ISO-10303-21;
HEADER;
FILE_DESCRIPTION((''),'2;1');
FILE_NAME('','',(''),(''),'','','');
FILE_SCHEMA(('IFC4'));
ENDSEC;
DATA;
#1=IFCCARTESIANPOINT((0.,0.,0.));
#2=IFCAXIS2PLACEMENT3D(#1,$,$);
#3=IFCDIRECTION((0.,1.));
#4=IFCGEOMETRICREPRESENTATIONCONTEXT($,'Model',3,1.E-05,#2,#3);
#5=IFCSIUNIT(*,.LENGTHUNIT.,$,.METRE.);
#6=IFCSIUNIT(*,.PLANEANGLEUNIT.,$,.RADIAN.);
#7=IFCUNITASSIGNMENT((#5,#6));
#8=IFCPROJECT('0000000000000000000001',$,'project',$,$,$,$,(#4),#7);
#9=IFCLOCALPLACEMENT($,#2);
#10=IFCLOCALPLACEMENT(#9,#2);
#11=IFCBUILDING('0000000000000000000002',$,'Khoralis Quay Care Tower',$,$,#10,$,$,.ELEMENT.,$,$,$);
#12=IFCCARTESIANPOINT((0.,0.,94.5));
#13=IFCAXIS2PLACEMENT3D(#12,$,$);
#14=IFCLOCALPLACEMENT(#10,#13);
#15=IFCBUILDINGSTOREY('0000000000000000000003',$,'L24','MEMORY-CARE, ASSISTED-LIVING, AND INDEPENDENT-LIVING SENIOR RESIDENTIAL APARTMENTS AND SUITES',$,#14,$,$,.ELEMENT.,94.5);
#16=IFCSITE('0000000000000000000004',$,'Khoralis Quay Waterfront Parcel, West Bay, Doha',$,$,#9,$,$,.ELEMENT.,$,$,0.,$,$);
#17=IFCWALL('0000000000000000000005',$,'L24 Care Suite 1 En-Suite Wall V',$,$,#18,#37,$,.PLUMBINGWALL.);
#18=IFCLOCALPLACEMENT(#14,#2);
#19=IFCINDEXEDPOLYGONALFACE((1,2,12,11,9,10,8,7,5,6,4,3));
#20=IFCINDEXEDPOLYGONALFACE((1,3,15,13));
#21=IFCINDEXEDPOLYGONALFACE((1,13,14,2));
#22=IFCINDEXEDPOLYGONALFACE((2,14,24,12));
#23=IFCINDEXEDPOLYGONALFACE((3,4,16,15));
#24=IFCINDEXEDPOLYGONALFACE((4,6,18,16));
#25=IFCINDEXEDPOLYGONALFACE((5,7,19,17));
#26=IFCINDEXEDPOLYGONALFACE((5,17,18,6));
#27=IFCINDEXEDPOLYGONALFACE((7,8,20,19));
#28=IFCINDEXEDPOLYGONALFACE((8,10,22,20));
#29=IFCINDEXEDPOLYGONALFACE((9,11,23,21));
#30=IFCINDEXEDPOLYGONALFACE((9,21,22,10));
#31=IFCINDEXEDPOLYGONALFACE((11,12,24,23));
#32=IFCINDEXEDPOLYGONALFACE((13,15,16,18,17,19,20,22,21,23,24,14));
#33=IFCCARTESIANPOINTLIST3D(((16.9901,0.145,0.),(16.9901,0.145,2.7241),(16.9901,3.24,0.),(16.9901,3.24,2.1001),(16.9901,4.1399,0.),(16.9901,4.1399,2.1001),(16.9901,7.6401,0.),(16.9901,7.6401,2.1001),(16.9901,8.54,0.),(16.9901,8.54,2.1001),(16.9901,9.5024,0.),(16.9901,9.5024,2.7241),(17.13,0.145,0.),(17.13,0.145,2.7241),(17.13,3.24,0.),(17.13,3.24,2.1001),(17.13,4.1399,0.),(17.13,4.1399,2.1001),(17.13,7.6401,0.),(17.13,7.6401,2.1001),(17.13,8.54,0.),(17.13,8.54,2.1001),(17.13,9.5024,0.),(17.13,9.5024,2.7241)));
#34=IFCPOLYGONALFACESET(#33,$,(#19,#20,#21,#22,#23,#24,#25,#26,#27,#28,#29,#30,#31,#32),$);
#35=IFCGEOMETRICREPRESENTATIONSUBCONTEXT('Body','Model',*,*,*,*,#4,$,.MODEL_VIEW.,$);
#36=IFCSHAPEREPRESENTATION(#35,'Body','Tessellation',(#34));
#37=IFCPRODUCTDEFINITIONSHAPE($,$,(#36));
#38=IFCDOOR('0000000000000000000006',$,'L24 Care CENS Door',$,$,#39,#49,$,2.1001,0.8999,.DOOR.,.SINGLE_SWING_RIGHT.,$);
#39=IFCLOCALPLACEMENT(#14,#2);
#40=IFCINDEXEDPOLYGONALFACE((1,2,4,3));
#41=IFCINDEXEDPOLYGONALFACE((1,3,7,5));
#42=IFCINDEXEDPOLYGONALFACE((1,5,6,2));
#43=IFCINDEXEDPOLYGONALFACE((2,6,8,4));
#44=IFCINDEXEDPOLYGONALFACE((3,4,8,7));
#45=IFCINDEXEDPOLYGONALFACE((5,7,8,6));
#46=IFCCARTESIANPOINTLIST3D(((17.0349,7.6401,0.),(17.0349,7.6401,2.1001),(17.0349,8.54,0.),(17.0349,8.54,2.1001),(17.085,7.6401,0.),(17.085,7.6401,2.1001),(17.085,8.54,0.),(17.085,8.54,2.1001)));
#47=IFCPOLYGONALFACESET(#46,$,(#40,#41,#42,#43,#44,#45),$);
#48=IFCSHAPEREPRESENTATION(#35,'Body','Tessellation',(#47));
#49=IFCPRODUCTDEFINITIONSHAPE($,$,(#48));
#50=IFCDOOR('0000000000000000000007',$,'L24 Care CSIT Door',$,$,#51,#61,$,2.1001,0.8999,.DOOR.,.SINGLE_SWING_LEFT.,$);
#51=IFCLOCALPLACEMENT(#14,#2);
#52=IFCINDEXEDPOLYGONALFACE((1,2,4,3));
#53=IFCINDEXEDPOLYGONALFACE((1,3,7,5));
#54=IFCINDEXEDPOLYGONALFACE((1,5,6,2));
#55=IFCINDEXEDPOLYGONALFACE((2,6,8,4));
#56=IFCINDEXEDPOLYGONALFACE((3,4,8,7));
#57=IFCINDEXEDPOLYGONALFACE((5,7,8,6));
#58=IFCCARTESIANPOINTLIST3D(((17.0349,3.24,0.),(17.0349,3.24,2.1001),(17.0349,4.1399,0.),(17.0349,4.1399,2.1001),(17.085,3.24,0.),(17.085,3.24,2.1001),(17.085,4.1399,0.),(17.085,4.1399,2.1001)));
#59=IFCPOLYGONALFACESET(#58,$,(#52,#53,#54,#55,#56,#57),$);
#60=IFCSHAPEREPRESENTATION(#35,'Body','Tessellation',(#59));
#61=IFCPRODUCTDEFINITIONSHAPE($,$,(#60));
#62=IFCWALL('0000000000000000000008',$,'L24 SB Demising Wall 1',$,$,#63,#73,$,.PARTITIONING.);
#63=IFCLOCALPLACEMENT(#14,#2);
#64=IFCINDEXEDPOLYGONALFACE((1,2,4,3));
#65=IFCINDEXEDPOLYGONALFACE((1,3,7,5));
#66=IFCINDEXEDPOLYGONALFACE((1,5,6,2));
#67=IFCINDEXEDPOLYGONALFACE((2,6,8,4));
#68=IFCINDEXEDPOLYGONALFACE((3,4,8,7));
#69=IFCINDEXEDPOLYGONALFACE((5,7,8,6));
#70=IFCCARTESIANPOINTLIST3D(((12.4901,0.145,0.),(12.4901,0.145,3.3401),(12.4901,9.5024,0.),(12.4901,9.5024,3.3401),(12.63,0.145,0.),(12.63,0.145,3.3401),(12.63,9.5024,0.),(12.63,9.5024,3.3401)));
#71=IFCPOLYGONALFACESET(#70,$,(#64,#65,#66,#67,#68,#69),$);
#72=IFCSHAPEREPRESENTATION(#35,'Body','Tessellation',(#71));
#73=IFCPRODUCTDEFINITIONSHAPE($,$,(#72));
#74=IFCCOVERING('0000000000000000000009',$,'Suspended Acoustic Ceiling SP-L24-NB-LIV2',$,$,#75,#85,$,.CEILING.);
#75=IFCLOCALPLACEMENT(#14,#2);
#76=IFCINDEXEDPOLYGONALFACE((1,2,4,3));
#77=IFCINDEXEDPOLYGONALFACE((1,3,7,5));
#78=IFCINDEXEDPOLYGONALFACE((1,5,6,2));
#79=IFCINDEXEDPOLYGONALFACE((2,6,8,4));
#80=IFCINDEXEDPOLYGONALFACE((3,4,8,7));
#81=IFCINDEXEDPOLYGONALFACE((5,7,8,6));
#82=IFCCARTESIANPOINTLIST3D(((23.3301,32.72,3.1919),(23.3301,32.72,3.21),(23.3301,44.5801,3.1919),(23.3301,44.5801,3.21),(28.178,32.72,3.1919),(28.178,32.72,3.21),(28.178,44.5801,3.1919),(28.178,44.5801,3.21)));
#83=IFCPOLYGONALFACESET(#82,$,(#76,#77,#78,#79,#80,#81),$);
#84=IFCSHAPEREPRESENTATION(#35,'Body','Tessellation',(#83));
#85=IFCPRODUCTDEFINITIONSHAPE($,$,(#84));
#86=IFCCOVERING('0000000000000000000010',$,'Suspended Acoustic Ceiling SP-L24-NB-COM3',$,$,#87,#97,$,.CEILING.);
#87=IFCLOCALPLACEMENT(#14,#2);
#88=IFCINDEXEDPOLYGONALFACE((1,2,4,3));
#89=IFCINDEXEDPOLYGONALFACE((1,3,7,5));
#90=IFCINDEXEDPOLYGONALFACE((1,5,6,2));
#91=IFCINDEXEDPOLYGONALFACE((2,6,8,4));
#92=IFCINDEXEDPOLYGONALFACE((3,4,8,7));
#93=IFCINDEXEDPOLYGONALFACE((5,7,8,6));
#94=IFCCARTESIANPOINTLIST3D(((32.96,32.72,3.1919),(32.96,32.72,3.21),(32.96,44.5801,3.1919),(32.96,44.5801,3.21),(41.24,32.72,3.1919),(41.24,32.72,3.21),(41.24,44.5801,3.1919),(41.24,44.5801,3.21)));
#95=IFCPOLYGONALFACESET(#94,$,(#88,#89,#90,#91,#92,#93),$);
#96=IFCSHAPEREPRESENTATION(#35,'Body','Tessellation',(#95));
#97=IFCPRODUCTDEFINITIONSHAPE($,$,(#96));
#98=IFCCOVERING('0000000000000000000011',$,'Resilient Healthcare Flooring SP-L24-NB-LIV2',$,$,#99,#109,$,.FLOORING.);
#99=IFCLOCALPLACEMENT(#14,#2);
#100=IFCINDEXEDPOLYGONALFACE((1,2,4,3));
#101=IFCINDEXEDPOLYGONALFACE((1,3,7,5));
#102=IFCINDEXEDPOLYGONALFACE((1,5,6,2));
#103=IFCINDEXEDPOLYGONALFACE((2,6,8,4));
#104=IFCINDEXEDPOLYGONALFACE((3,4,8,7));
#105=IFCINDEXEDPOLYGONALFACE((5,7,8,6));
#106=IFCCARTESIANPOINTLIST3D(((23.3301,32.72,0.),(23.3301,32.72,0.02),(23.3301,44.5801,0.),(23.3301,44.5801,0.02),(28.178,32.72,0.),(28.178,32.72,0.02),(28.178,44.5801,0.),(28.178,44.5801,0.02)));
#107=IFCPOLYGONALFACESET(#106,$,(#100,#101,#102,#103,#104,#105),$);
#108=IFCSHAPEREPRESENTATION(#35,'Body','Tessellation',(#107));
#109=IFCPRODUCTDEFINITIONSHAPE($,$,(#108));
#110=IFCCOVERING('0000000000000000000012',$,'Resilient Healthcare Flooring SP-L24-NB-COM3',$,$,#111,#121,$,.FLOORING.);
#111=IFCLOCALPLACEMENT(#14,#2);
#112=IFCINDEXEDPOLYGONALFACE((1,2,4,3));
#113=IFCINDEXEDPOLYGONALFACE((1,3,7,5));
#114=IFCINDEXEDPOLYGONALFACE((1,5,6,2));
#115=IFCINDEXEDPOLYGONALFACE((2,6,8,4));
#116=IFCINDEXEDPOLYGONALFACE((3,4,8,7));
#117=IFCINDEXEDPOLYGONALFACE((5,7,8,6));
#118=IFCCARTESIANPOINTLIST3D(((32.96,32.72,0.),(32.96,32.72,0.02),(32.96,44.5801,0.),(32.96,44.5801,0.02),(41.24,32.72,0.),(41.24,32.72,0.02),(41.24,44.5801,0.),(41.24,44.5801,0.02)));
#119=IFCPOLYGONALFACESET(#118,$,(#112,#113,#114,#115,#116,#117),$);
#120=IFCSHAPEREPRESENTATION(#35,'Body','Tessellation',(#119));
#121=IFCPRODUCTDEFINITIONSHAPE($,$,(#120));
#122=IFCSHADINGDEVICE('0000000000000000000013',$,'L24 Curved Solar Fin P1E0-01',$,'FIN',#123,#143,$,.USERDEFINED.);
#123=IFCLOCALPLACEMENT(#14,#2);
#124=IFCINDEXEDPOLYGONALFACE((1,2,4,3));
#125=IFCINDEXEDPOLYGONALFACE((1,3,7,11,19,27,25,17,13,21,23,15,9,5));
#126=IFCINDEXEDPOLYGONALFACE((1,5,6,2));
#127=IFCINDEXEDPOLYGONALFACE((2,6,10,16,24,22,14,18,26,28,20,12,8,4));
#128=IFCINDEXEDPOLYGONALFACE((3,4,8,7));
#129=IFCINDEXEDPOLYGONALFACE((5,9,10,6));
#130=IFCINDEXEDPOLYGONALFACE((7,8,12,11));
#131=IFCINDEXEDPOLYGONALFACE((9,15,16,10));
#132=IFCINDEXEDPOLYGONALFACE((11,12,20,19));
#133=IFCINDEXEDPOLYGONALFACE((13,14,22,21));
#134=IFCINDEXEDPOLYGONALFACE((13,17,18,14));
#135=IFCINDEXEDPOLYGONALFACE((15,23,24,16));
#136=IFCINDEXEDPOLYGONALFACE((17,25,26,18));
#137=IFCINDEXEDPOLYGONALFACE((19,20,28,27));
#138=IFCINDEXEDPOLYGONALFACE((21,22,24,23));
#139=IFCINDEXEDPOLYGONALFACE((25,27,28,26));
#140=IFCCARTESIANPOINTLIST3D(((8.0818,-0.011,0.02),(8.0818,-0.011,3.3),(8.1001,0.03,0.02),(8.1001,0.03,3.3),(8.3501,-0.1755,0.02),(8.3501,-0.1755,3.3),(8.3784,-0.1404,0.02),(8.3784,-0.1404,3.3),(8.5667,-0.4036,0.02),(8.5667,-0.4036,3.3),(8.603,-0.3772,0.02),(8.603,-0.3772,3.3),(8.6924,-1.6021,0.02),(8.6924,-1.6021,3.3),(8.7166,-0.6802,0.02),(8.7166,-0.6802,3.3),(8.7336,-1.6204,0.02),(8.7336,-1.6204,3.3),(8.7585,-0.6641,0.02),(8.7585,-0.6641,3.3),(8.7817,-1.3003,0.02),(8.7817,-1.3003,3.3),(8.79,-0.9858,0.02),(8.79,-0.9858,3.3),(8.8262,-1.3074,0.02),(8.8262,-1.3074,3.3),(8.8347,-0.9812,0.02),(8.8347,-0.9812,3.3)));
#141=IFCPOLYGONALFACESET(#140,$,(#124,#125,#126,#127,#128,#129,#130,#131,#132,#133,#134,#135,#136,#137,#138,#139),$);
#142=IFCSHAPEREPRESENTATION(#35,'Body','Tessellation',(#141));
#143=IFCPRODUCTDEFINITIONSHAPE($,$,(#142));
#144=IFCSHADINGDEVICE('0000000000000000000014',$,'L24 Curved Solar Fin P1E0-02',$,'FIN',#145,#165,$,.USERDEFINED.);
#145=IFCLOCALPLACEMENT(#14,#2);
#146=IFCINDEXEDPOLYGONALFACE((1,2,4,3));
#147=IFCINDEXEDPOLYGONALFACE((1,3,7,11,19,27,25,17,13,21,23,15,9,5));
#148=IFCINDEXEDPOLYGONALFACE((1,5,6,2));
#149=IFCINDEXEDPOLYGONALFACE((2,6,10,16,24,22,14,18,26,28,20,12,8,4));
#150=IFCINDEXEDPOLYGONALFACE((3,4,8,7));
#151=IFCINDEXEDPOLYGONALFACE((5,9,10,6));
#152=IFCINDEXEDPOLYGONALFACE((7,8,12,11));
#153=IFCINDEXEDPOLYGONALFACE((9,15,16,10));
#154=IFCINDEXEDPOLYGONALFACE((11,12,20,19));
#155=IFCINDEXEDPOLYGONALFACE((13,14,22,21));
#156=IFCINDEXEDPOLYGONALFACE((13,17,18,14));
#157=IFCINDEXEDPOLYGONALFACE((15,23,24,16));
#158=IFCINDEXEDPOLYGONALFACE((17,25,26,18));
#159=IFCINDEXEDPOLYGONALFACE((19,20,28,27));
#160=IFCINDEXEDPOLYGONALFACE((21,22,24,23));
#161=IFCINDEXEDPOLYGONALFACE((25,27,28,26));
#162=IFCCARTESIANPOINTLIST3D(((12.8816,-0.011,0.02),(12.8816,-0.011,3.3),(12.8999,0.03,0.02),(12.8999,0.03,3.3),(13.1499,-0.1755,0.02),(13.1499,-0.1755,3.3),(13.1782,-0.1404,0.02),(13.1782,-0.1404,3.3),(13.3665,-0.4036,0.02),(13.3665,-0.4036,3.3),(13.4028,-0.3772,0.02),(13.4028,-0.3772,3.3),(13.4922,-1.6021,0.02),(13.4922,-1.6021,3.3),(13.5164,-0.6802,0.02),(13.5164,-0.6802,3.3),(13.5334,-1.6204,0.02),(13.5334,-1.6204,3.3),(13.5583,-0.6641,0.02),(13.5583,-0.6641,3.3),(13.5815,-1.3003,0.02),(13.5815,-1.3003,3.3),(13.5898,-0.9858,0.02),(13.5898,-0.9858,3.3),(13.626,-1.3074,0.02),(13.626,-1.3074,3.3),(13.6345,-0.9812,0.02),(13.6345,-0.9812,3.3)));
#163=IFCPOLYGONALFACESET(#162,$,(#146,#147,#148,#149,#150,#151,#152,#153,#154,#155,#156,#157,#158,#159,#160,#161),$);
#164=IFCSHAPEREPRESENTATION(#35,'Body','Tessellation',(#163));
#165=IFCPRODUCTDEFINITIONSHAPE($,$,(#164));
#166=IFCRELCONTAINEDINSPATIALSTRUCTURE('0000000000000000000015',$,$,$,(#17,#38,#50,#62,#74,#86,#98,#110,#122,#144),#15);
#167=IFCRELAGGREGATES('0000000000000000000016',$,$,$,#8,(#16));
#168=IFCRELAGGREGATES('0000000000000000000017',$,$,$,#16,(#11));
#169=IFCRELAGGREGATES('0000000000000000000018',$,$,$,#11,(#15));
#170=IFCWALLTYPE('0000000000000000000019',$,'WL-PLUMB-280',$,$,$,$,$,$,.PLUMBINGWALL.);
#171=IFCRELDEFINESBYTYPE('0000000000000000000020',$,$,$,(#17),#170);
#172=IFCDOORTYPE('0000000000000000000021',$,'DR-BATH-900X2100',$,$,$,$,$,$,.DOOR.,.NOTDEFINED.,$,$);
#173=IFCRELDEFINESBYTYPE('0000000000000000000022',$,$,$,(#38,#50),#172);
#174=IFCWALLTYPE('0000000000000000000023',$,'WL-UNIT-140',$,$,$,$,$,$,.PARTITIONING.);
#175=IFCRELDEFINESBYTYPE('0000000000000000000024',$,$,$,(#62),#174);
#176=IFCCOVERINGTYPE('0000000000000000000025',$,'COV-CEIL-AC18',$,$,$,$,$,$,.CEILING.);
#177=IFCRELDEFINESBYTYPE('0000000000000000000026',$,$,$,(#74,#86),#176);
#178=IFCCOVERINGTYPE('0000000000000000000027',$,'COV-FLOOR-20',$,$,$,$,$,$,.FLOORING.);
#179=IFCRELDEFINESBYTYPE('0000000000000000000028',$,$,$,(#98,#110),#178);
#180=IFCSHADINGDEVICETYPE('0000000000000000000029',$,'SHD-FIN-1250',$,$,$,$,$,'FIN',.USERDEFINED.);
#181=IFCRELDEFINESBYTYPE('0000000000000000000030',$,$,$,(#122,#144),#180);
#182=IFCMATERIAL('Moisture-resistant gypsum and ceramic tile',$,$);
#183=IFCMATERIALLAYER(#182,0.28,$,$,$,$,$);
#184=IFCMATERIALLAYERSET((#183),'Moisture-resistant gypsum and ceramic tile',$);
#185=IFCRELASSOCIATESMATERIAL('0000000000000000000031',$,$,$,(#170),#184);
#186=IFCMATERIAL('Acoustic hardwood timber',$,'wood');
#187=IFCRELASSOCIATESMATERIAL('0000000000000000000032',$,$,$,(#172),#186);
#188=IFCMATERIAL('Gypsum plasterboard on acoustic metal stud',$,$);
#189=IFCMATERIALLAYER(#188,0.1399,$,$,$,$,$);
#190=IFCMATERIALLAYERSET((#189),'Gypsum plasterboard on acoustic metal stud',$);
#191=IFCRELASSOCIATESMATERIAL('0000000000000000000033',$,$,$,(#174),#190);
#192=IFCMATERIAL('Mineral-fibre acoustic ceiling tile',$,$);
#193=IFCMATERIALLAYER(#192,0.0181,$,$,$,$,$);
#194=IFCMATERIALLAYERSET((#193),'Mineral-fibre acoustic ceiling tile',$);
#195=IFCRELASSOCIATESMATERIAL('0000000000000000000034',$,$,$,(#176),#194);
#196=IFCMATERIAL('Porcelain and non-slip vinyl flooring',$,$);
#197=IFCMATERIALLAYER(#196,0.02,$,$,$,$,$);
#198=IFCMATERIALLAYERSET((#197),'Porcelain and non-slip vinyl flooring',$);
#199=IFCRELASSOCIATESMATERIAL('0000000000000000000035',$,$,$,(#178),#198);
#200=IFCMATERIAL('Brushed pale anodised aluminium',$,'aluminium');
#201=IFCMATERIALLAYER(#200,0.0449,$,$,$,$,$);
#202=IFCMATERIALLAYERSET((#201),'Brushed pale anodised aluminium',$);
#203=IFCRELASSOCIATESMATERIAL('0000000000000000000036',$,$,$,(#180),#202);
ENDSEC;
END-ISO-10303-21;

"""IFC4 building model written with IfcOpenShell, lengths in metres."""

from ifc_helpers import new_model, si_unit, direction, frame, frame_2d, origin, place, context, subcontext, project, spatial, polyline, rectangle, outline, extrude, source, transform, mapped, material, layer, layer_set, type_object, element, fill, save


model = new_model("IFC4")

# Units and contexts
model_context = context("Model", 3, precision=1e-05, world=origin(), true_north=direction((0.0, 1.0)))
body_context = subcontext(model_context, "Body", "Model", "MODEL_VIEW")
ifc_project = project(units=[si_unit("LENGTHUNIT", "METRE"), si_unit("PLANEANGLEUNIT", "RADIAN")], contexts=[model_context])

# Site, building, storey
site_placement = place(None, origin())
site = spatial("IfcSite", under=ifc_project, at=site_placement, Name="Khoralis Quay Waterfront Parcel, West Bay, Doha", CompositionType="ELEMENT", RefElevation=0.0)
building_placement = place(site_placement, origin())
building = spatial("IfcBuilding", under=site, at=building_placement, Name="Khoralis Quay Care Tower", CompositionType="ELEMENT")
storey_placement = place(building_placement, frame((0.0, 0.0, 94.5)))
storey = spatial("IfcBuildingStorey", under=building, at=storey_placement, Name="L24", Description="MEMORY-CARE, ASSISTED-LIVING, AND INDEPENDENT-LIVING SENIOR RESIDENTIAL APARTMENTS AND SUITES", CompositionType="ELEMENT", Elevation=94.5)

# Wall, openings, doors
ifc_material_1 = material(Name="Moisture-resistant gypsum and ceramic tile")
ifc_layer_1 = layer(ifc_material_1, 0.28)
ifc_layer_set_1 = layer_set([ifc_layer_1], Name="Moisture-resistant gypsum and ceramic tile")
wall_type_1 = type_object("IfcWallType", Name="WL-PLUMB-280", PredefinedType="PLUMBINGWALL", material=ifc_layer_set_1)
ifc_material_2 = material(Name="Acoustic hardwood timber", Category="wood")
door_type = type_object("IfcDoorType", Name="DR-BATH-900X2100", OperationType="NOTDEFINED", PredefinedType="DOOR", material=ifc_material_2)
shared_shape_1 = source(origin(), body_context, "Body", "SweptSolid", [
    extrude(rectangle(XDim=0.8999, YDim=2.1001, at=frame_2d((0.45, 1.05))), frame((0.0, 0.0249, 0.0), z_axis=(0.0, -1.0, 0.0), x_axis=(1.0, 0.0, 0.0)), (0.0, 0.0, 1.0), 0.05),
])
wall_1_placement = place(storey_placement, frame((17.0601, 0.145, 0.0), z_axis=(0.0, 0.0, 1.0), x_axis=(0.0, 1.0, 0.0)))
wall_1 = element("IfcWall", 1, at=wall_1_placement, inside=storey, type_object=wall_type_1, Name="L24 Care Suite 1 En-Suite Wall V", PredefinedType="PLUMBINGWALL", context=body_context, shape_type="SweptSolid", body=[
    extrude(rectangle(XDim=9.3574, YDim=0.1399, at=frame_2d((4.6787, 0.0))), origin(), (0.0, 0.0, 1.0), 2.7241),
])
opening_1_placement = place(wall_1_placement, frame((7.4951, 0.0, 0.0)))
opening_1 = element("IfcOpeningElement", 2, at=opening_1_placement, cuts=wall_1, PredefinedType="OPENING", context=body_context, shape_type="SweptSolid", body=[
    extrude(rectangle(XDim=0.8999, YDim=2.1001, at=frame_2d((0.45, 1.05))), frame((0.0, 0.0801, 0.0), z_axis=(0.0, -1.0, 0.0), x_axis=(1.0, 0.0, 0.0)), (0.0, 0.0, 1.0), 0.1599),
])
opening_2_placement = place(wall_1_placement, frame((3.095, 0.0, 0.0)))
opening_2 = element("IfcOpeningElement", 3, at=opening_2_placement, cuts=wall_1, PredefinedType="OPENING", context=body_context, shape_type="SweptSolid", body=[
    extrude(rectangle(XDim=0.8999, YDim=2.1001, at=frame_2d((0.45, 1.05))), frame((0.0, 0.0801, 0.0), z_axis=(0.0, -1.0, 0.0), x_axis=(1.0, 0.0, 0.0)), (0.0, 0.0, 1.0), 0.1599),
])
door_1_placement = place(opening_1_placement, frame((0.8999, 0.0, 0.0), z_axis=(0.0, 0.0, 1.0), x_axis=(-1.0, 0.0, 0.0)))
door_1 = element("IfcDoor", 4, at=door_1_placement, inside=storey, type_object=door_type, Name="L24 Care CENS Door", OperationType="SINGLE_SWING_RIGHT", OverallHeight=2.1001, OverallWidth=0.8999, PredefinedType="DOOR", context=body_context, shape_type="MappedRepresentation", body=[
    mapped(shared_shape_1, transform((0.0, 0.0, 0.0), scale=1.0)),
])
fill(opening_1, door_1)
door_2_placement = place(opening_2_placement, frame((0.8999, 0.0, 0.0), z_axis=(0.0, 0.0, 1.0), x_axis=(-1.0, 0.0, 0.0)))
door_2 = element("IfcDoor", 5, at=door_2_placement, inside=storey, type_object=door_type, Name="L24 Care CSIT Door", OperationType="SINGLE_SWING_LEFT", OverallHeight=2.1001, OverallWidth=0.8999, PredefinedType="DOOR", context=body_context, shape_type="MappedRepresentation", body=[
    mapped(shared_shape_1, transform((0.0, 0.0, 0.0), scale=1.0)),
])
fill(opening_2, door_2)

# Wall
ifc_material_3 = material(Name="Gypsum plasterboard on acoustic metal stud")
ifc_layer_2 = layer(ifc_material_3, 0.1399)
ifc_layer_set_2 = layer_set([ifc_layer_2], Name="Gypsum plasterboard on acoustic metal stud")
wall_type_2 = type_object("IfcWallType", Name="WL-UNIT-140", PredefinedType="PARTITIONING", material=ifc_layer_set_2)
wall_2_placement = place(storey_placement, frame((12.5601, 0.145, 0.0), z_axis=(0.0, 0.0, 1.0), x_axis=(0.0, 1.0, 0.0)))
element("IfcWall", 6, at=wall_2_placement, inside=storey, type_object=wall_type_2, Name="L24 SB Demising Wall 1", PredefinedType="PARTITIONING", context=body_context, shape_type="SweptSolid", body=[
    extrude(rectangle(XDim=9.3574, YDim=0.1399, at=frame_2d((4.6787, 0.0))), origin(), (0.0, 0.0, 1.0), 3.3401),
])

# Coverings
ifc_material_4 = material(Name="Mineral-fibre acoustic ceiling tile")
ifc_layer_3 = layer(ifc_material_4, 0.0181)
ifc_layer_set_3 = layer_set([ifc_layer_3], Name="Mineral-fibre acoustic ceiling tile")
covering_type_1 = type_object("IfcCoveringType", Name="COV-CEIL-AC18", PredefinedType="CEILING", material=ifc_layer_set_3)
covering_1_placement = place(storey_placement, frame((0.0, 0.0, 3.1919)))
element("IfcCovering", 7, at=covering_1_placement, inside=storey, type_object=covering_type_1, Name="Suspended Acoustic Ceiling SP-L24-NB-LIV2", PredefinedType="CEILING", context=body_context, shape_type="SweptSolid", body=[
    extrude(outline(polyline([(23.3301, 32.72), (28.178, 32.72), (28.178, 44.5801), (23.3301, 44.5801), (23.3301, 32.72)])), origin(), (0.0, 0.0, 1.0), 0.0181),
])
covering_2_placement = place(storey_placement, frame((0.0, 0.0, 3.1919)))
element("IfcCovering", 8, at=covering_2_placement, inside=storey, type_object=covering_type_1, Name="Suspended Acoustic Ceiling SP-L24-NB-COM3", PredefinedType="CEILING", context=body_context, shape_type="SweptSolid", body=[
    extrude(outline(polyline([(32.96, 32.72), (41.24, 32.72), (41.24, 44.5801), (32.96, 44.5801), (32.96, 32.72)])), origin(), (0.0, 0.0, 1.0), 0.0181),
])
ifc_material_5 = material(Name="Porcelain and non-slip vinyl flooring")
ifc_layer_4 = layer(ifc_material_5, 0.02)
ifc_layer_set_4 = layer_set([ifc_layer_4], Name="Porcelain and non-slip vinyl flooring")
covering_type_2 = type_object("IfcCoveringType", Name="COV-FLOOR-20", PredefinedType="FLOORING", material=ifc_layer_set_4)
covering_3_placement = place(storey_placement, origin())
element("IfcCovering", 9, at=covering_3_placement, inside=storey, type_object=covering_type_2, Name="Resilient Healthcare Flooring SP-L24-NB-LIV2", PredefinedType="FLOORING", context=body_context, shape_type="SweptSolid", body=[
    extrude(outline(polyline([(23.3301, 32.72), (28.178, 32.72), (28.178, 44.5801), (23.3301, 44.5801), (23.3301, 32.72)])), origin(), (0.0, 0.0, 1.0), 0.02),
])
covering_4_placement = place(storey_placement, origin())
element("IfcCovering", 10, at=covering_4_placement, inside=storey, type_object=covering_type_2, Name="Resilient Healthcare Flooring SP-L24-NB-COM3", PredefinedType="FLOORING", context=body_context, shape_type="SweptSolid", body=[
    extrude(outline(polyline([(32.96, 32.72), (41.24, 32.72), (41.24, 44.5801), (32.96, 44.5801), (32.96, 32.72)])), origin(), (0.0, 0.0, 1.0), 0.02),
])

# Shading devices
ifc_material_6 = material(Name="Brushed pale anodised aluminium", Category="aluminium")
ifc_layer_5 = layer(ifc_material_6, 0.0449)
ifc_layer_set_5 = layer_set([ifc_layer_5], Name="Brushed pale anodised aluminium")
shading_device_type = type_object("IfcShadingDeviceType", Name="SHD-FIN-1250", ElementType="FIN", PredefinedType="USERDEFINED", material=ifc_layer_set_5)
shared_shape_2 = source(origin(), body_context, "Body", "SweptSolid", [
    extrude(outline(polyline([(0.0, 0.0), (0.1704, 0.2783), (0.4072, 0.5029), (0.6941, 0.6584), (1.0112, 0.7346), (1.3374, 0.7261), (1.6504, 0.6335), (1.6321, 0.5923), (1.3303, 0.6816), (1.0159, 0.6899), (0.7102, 0.6165), (0.4336, 0.4666), (0.2056, 0.25), (0.041, -0.0183), (0.0, 0.0)])), origin(), (0.0, 0.0, 1.0), 3.28),
])
for number, where, z_axis, x_axis, name in (
    (11, (8.1001, 0.03, 0.02), (0.0, 0.0, 1.0), (0.0, -1.0, 0.0), "L24 Curved Solar Fin P1E0-01"),
    (12, (12.8999, 0.03, 0.02), (0.0, 0.0, 1.0), (0.0, -1.0, 0.0), "L24 Curved Solar Fin P1E0-02"),
):
    element("IfcShadingDevice", number, at=place(storey_placement, frame(where, z_axis=z_axis, x_axis=x_axis)), inside=storey, type_object=shading_device_type, Name=name, ObjectType="FIN", PredefinedType="USERDEFINED", context=body_context, shape_type="MappedRepresentation", body=[
        mapped(shared_shape_2, transform((0.0, 0.0, 0.0), scale=1.0)),
    ])

save(model, "model.ifc")
